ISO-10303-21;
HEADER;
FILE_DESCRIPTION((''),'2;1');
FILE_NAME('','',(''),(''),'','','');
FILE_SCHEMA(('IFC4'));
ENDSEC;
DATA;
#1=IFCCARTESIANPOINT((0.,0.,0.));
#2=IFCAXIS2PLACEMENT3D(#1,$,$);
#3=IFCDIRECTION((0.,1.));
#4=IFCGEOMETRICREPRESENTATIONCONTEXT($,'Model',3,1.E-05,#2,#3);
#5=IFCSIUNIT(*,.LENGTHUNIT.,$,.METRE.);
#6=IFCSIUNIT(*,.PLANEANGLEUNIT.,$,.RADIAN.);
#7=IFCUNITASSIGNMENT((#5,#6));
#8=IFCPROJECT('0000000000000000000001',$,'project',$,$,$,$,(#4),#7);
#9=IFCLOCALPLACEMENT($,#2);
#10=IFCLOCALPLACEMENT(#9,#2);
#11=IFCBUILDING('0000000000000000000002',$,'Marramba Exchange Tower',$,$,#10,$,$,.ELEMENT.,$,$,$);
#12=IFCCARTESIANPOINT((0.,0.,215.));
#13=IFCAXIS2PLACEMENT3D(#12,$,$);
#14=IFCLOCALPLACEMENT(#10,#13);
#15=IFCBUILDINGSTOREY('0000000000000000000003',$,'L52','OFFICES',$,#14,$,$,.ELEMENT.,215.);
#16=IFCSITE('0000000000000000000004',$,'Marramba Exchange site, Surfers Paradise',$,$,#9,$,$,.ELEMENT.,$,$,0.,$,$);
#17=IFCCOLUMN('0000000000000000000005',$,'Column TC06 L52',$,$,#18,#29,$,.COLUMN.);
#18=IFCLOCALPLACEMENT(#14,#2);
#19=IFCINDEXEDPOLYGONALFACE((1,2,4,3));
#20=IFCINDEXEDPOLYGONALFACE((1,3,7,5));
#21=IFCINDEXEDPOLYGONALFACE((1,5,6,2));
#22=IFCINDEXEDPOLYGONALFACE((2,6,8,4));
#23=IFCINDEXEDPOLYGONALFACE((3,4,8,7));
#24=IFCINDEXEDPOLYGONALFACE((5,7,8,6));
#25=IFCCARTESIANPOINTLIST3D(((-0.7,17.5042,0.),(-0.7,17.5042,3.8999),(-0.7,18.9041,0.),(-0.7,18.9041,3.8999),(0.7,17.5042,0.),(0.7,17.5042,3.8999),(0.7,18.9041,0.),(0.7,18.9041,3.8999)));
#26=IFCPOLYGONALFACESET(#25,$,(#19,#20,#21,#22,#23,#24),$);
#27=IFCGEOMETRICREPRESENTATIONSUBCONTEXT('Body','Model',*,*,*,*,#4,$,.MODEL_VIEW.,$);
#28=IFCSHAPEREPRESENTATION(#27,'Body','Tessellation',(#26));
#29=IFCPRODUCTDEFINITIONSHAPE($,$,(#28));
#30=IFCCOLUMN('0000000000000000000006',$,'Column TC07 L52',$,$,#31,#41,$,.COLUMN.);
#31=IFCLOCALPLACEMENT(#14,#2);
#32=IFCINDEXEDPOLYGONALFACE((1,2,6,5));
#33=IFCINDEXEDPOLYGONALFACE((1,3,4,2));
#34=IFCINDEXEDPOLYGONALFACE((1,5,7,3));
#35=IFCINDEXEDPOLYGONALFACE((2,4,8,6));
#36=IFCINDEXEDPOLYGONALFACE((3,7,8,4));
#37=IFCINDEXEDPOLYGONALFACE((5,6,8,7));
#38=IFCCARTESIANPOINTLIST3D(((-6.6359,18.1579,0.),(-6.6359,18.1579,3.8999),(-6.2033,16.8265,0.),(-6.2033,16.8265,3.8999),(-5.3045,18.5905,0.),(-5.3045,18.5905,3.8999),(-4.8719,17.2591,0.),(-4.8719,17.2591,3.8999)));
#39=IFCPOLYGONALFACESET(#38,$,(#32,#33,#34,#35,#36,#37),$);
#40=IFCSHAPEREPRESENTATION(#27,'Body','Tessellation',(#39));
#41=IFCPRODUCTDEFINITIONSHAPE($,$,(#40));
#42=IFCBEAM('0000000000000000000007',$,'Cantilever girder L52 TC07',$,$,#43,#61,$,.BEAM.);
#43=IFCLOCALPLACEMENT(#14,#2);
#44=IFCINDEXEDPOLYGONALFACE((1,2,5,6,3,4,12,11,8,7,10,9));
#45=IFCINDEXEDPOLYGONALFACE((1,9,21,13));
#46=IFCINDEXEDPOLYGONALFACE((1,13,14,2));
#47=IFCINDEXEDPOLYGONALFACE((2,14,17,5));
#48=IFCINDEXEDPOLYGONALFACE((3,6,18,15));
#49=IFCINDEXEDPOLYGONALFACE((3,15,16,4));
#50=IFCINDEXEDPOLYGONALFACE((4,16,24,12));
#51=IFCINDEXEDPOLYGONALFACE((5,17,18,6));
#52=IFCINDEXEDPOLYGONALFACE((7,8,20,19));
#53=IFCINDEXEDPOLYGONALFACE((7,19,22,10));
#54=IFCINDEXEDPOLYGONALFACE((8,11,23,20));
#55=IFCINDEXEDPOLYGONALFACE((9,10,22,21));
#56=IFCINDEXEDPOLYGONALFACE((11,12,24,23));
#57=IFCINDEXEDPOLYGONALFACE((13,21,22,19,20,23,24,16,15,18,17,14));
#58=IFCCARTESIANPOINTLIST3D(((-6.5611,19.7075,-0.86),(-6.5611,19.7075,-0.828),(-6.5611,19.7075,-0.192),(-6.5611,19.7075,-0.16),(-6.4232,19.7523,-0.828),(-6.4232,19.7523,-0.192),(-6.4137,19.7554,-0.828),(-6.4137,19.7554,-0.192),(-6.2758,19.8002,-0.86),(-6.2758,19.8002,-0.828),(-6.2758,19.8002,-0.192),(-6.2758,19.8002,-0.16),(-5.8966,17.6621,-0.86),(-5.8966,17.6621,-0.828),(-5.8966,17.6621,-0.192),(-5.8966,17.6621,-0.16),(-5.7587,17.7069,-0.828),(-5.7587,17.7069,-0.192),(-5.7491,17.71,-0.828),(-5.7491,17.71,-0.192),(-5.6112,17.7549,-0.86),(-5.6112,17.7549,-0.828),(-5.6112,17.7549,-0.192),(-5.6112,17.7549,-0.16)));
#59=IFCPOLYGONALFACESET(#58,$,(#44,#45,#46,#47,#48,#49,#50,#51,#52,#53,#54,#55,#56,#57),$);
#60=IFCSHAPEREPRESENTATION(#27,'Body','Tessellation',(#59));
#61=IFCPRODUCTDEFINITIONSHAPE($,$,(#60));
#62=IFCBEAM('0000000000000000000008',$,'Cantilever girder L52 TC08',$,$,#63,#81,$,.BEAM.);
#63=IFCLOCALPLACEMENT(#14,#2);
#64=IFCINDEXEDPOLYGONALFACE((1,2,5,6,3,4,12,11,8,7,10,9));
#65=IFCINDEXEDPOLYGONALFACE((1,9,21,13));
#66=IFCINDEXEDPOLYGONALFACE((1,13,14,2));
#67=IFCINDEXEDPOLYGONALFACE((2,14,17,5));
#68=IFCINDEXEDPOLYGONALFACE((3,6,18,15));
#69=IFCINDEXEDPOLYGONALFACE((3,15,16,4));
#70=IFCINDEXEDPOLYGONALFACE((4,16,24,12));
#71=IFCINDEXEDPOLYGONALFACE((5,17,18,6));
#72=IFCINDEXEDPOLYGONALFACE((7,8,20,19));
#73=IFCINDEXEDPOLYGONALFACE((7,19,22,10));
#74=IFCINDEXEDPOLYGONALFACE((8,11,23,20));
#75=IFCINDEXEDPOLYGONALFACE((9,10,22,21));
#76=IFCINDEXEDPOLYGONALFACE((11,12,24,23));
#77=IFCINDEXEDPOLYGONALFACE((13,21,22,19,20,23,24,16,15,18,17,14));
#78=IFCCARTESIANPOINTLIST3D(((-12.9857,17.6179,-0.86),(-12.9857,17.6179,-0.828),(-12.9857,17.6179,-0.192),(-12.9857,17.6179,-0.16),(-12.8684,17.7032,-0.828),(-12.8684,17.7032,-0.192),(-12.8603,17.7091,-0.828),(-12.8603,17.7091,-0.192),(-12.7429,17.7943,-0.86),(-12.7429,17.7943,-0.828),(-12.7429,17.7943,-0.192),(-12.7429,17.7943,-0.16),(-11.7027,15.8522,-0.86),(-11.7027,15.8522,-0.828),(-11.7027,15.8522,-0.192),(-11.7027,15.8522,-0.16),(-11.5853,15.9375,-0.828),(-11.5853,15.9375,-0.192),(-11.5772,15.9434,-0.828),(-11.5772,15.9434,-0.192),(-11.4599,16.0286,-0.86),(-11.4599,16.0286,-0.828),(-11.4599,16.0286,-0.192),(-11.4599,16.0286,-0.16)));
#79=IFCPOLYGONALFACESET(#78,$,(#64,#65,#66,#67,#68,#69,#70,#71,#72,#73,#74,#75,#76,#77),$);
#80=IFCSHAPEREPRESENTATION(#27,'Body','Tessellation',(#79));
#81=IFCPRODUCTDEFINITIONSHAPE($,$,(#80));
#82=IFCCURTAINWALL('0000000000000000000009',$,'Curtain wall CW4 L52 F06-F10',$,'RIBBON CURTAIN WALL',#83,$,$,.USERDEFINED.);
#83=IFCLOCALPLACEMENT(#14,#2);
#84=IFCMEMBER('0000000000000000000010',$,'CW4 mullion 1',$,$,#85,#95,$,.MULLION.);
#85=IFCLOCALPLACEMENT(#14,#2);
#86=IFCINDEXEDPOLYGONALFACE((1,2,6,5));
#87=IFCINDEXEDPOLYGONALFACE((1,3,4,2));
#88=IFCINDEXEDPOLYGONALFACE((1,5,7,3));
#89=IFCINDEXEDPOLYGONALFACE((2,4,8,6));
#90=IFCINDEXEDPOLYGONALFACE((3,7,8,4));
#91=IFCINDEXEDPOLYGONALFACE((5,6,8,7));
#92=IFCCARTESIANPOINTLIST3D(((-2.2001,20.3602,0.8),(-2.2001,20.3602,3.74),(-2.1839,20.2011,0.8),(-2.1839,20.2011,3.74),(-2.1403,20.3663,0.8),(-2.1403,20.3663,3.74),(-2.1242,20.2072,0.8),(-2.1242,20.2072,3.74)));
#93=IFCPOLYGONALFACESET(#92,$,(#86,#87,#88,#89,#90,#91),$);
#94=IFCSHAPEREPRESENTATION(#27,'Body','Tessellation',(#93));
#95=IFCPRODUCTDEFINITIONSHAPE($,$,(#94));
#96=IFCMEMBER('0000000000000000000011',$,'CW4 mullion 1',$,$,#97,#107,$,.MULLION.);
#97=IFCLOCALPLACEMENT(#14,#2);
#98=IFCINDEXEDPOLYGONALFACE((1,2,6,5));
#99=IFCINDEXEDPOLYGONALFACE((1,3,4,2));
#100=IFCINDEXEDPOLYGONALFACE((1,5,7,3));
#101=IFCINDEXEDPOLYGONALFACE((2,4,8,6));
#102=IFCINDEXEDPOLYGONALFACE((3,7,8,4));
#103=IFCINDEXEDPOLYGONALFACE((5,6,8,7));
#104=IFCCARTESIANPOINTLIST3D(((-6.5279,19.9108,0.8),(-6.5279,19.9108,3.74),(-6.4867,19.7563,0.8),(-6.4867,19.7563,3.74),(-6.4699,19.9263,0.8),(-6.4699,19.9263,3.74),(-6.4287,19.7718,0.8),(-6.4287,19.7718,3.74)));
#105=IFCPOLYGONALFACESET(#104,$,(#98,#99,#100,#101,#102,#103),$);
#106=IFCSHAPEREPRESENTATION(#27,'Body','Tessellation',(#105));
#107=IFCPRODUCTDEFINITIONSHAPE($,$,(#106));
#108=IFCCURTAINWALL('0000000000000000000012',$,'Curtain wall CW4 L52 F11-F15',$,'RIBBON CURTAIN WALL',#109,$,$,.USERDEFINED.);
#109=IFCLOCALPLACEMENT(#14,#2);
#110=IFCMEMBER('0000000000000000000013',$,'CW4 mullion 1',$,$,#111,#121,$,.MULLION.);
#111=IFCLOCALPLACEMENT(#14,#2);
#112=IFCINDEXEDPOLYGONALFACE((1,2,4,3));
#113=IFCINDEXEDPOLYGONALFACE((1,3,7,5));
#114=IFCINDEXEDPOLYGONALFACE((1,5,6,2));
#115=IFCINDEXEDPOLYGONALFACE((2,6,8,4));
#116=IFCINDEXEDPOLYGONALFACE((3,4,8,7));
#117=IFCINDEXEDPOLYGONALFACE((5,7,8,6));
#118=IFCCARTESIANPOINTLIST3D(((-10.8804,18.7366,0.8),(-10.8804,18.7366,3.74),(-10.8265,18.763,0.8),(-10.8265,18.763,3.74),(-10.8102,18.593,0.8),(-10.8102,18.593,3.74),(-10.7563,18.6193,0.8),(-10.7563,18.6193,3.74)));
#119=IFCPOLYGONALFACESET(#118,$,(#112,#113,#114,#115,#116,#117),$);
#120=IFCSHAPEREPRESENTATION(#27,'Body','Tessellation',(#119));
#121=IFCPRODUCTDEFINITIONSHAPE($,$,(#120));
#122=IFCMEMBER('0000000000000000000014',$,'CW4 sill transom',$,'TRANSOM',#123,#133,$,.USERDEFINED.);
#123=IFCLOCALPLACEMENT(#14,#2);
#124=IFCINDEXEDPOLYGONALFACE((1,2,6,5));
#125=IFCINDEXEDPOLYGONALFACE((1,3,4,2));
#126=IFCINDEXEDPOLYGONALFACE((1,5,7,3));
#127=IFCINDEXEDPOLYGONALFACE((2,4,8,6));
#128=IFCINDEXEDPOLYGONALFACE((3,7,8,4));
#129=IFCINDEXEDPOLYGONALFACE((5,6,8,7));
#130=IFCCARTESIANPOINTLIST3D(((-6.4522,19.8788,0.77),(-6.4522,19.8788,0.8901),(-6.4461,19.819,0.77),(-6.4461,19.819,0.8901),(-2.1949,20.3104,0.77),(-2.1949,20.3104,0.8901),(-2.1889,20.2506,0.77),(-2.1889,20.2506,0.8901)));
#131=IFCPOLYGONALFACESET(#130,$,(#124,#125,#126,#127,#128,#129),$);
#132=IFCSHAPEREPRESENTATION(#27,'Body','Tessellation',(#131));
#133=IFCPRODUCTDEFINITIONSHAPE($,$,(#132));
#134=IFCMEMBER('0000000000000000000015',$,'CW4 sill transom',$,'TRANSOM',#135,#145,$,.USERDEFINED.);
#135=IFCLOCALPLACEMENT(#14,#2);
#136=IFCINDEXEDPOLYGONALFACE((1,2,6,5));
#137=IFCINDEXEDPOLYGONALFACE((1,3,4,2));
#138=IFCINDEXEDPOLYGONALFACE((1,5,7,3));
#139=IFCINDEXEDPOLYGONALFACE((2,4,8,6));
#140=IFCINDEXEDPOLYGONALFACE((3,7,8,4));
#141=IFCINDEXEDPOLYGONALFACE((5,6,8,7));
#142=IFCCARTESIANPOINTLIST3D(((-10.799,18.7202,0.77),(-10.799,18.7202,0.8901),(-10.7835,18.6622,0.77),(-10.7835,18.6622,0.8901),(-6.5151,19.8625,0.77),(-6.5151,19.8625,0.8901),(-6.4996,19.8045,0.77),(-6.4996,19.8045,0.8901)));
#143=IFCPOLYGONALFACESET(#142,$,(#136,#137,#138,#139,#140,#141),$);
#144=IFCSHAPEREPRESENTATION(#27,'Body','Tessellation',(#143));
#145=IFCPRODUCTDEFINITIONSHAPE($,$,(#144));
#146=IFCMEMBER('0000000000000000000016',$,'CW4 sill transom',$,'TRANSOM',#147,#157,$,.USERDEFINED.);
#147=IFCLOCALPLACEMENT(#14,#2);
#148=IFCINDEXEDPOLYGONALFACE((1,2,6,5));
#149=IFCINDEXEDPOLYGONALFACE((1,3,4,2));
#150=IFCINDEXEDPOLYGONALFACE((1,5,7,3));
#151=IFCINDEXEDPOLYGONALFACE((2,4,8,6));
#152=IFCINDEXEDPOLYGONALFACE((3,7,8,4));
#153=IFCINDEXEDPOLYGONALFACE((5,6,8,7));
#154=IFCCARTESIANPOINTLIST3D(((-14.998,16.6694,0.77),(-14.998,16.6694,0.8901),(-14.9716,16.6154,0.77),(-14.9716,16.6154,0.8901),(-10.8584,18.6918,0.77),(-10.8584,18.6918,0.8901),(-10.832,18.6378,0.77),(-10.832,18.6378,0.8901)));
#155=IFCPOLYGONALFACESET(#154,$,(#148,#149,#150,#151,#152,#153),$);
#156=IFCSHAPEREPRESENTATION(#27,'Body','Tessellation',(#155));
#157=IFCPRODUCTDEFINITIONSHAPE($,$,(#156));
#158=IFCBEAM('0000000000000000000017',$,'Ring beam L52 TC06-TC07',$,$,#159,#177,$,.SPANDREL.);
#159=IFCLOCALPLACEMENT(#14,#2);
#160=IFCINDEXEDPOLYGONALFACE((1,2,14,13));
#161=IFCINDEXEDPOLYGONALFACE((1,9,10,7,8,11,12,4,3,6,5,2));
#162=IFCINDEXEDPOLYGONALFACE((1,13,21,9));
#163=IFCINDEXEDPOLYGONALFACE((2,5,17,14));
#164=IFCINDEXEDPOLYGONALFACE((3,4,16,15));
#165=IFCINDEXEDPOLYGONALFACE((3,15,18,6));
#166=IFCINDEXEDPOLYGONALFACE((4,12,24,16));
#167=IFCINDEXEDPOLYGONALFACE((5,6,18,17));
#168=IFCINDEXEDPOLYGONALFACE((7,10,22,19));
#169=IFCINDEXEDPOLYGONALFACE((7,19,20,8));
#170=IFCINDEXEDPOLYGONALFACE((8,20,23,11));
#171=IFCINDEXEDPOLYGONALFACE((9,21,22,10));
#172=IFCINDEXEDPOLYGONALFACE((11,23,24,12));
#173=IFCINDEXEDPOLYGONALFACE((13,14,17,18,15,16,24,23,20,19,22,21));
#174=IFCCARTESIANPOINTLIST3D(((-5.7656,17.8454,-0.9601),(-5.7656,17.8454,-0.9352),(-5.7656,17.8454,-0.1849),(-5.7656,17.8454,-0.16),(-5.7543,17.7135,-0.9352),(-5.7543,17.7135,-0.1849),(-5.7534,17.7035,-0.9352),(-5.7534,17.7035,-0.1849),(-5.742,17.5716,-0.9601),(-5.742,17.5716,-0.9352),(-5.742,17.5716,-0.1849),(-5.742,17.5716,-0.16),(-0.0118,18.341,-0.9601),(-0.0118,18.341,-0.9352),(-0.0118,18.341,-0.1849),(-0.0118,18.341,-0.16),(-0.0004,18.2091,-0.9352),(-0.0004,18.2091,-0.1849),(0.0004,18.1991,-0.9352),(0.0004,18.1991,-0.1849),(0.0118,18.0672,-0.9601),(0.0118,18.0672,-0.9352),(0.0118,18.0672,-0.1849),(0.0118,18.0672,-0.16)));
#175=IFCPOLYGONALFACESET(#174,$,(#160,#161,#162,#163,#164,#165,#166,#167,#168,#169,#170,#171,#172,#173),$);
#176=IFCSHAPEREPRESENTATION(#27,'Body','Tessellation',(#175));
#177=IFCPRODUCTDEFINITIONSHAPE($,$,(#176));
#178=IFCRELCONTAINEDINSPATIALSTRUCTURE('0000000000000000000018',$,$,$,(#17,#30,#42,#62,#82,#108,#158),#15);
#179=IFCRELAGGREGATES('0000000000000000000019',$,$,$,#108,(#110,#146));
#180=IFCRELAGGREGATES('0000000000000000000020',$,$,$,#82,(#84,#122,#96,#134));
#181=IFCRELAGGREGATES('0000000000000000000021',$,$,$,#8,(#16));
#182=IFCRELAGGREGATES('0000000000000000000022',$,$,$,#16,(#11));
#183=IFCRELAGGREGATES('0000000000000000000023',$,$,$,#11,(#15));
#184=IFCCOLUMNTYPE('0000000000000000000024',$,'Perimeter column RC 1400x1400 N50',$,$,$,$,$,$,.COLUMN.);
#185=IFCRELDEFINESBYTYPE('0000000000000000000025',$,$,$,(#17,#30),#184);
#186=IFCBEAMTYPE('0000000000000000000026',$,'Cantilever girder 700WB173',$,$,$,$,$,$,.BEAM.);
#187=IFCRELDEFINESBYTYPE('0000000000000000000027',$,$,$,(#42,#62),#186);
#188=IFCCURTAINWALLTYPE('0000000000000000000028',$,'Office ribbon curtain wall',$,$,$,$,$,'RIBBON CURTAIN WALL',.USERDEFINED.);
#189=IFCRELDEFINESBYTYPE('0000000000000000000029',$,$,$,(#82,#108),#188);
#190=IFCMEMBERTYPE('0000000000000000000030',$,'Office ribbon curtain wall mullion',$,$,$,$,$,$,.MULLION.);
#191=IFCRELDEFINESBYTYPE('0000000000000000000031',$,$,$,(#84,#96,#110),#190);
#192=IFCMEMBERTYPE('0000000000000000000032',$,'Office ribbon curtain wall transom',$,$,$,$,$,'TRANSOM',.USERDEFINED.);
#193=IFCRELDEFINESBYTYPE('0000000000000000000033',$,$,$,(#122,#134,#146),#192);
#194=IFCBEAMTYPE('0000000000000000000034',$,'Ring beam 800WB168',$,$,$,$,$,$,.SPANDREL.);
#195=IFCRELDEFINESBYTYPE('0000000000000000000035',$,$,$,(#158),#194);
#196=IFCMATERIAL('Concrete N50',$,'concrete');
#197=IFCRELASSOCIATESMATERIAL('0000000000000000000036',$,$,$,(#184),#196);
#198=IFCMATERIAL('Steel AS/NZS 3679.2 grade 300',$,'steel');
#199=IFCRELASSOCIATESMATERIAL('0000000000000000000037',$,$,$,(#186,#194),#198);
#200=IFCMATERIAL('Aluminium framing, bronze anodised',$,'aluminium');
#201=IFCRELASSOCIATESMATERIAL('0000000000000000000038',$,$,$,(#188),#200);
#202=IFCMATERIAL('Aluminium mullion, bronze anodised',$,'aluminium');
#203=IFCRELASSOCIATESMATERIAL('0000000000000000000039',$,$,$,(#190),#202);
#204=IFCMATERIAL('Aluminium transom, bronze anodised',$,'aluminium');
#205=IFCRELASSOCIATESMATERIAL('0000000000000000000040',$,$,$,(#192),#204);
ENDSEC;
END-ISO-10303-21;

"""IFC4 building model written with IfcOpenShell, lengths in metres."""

from ifc_helpers import new_model, si_unit, direction, frame, origin, origin_2d, place, context, subcontext, project, spatial, rectangle, i_section, extrude, material, material_profile, profile_set, type_object, element, aggregate, save


model = new_model("IFC4")

# Units and contexts
model_context = context("Model", 3, precision=1e-05, world=origin(), true_north=direction((0.0, 1.0)))
body_context = subcontext(model_context, "Body", "Model", "MODEL_VIEW")
ifc_project = project(units=[si_unit("LENGTHUNIT", "METRE"), si_unit("PLANEANGLEUNIT", "RADIAN")], contexts=[model_context])

# Site, building, storey
site_placement = place(None, origin())
site = spatial("IfcSite", under=ifc_project, at=site_placement, Name="Marramba Exchange site, Surfers Paradise", CompositionType="ELEMENT", RefElevation=0.0)
building_placement = place(site_placement, origin())
building = spatial("IfcBuilding", under=site, at=building_placement, Name="Marramba Exchange Tower", CompositionType="ELEMENT")
storey_placement = place(building_placement, frame((0.0, 0.0, 215.0)))
storey = spatial("IfcBuildingStorey", under=building, at=storey_placement, Name="L52", Description="OFFICES", CompositionType="ELEMENT", Elevation=215.0)

# Columns
ifc_material_1 = material(Name="Concrete N50", Category="concrete")
ifc_material_profile_1 = material_profile(ifc_material_1, rectangle(XDim=1.3999, YDim=1.3999, at=origin_2d()), Name="RC 1400x1400")
ifc_profile_set_1 = profile_set([ifc_material_profile_1], Name="Concrete N50")
column_type = type_object("IfcColumnType", Name="Perimeter column RC 1400x1400 N50", PredefinedType="COLUMN", material=ifc_profile_set_1)
for number, where, z_axis, x_axis, name in (
    (1, (0.0, 18.2041, 0.0), (0.0, 0.0, 1.0), (0.0, 1.0, 0.0), "Column TC06 L52"),
    (2, (-5.7539, 17.7085, 0.0), (0.0, 0.0, 1.0), (-0.309017, 0.951057, 0.0), "Column TC07 L52"),
):
    element("IfcColumn", number, at=place(storey_placement, frame(where, z_axis=z_axis, x_axis=x_axis)), inside=storey, type_object=column_type, Name=name, PredefinedType="COLUMN", context=body_context, shape_type="SweptSolid", body=[
        extrude(rectangle(XDim=1.3999, YDim=1.3999, at=origin_2d()), origin(), (0.0, 0.0, 1.0), 3.8999),
    ])

# Beams
ifc_material_2 = material(Name="Steel AS/NZS 3679.2 grade 300", Category="steel")
ifc_material_profile_2 = material_profile(ifc_material_2, i_section(OverallWidth=0.3, OverallDepth=0.7, WebThickness=0.01, FlangeThickness=0.032, at=origin_2d()), Name="700WB173")
ifc_profile_set_2 = profile_set([ifc_material_profile_2], Name="Steel AS/NZS 3679.2 grade 300")
beam_type_1 = type_object("IfcBeamType", Name="Cantilever girder 700WB173", PredefinedType="BEAM", material=ifc_profile_set_2)
beam_1_placement = place(storey_placement, frame((-5.7539, 17.7085, -0.51), z_axis=(-0.308999, 0.951062, 0.0), x_axis=(-0.951062, -0.308999, 0.0)))
element("IfcBeam", 3, at=beam_1_placement, inside=storey, type_object=beam_type_1, Name="Cantilever girder L52 TC07", PredefinedType="BEAM", context=body_context, shape_type="SweptSolid", body=[
    extrude(i_section(OverallWidth=0.3, OverallDepth=0.7, WebThickness=0.01, FlangeThickness=0.032, at=origin_2d()), origin(), (0.0, 0.0, 1.0), 2.1506),
])
beam_2_placement = place(storey_placement, frame((-11.5813, 15.9404, -0.51), z_axis=(-0.587832, 0.808983, 0.0), x_axis=(-0.808983, -0.587832, 0.0)))
element("IfcBeam", 4, at=beam_2_placement, inside=storey, type_object=beam_type_1, Name="Cantilever girder L52 TC08", PredefinedType="BEAM", context=body_context, shape_type="SweptSolid", body=[
    extrude(i_section(OverallWidth=0.3, OverallDepth=0.7, WebThickness=0.01, FlangeThickness=0.032, at=origin_2d()), origin(), (0.0, 0.0, 1.0), 2.1826),
])

# Curtain wall, members
ifc_material_3 = material(Name="Aluminium framing, bronze anodised", Category="aluminium")
curtain_wall_type = type_object("IfcCurtainWallType", Name="Office ribbon curtain wall", ElementType="RIBBON CURTAIN WALL", PredefinedType="USERDEFINED", material=ifc_material_3)
curtain_wall_1_placement = place(storey_placement, origin())
curtain_wall_1 = element("IfcCurtainWall", 5, at=curtain_wall_1_placement, inside=storey, type_object=curtain_wall_type, Name="Curtain wall CW4 L52 F06-F10", ObjectType="RIBBON CURTAIN WALL", PredefinedType="USERDEFINED")
ifc_material_4 = material(Name="Aluminium mullion, bronze anodised", Category="aluminium")
ifc_material_profile_3 = material_profile(ifc_material_4, rectangle(XDim=0.1599, YDim=0.0601, at=origin_2d()), Name="CW4 mullion 60x160")
ifc_profile_set_3 = profile_set([ifc_material_profile_3], Name="Aluminium mullion, bronze anodised")
member_type_1 = type_object("IfcMemberType", Name="Office ribbon curtain wall mullion", PredefinedType="MULLION", material=ifc_profile_set_3)
member_1_placement = place(storey_placement, frame((-2.1621, 20.2837, 0.8), z_axis=(0.0, 0.0, 1.0), x_axis=(0.100863, -0.9949, 0.0)))
member_1 = element("IfcMember", 6, at=member_1_placement, type_object=member_type_1, Name="CW4 mullion 1", PredefinedType="MULLION", context=body_context, shape_type="SweptSolid", body=[
    extrude(rectangle(XDim=0.1599, YDim=0.0601, at=origin_2d()), origin(), (0.0, 0.0, 1.0), 2.9399),
])
member_2_placement = place(storey_placement, frame((-6.4783, 19.8413, 0.8), z_axis=(0.0, 0.0, 1.0), x_axis=(0.257641, -0.966241, 0.0)))
member_2 = element("IfcMember", 7, at=member_2_placement, type_object=member_type_1, Name="CW4 mullion 1", PredefinedType="MULLION", context=body_context, shape_type="SweptSolid", body=[
    extrude(rectangle(XDim=0.1599, YDim=0.0601, at=origin_2d()), origin(), (0.0, 0.0, 1.0), 2.9399),
])

# Curtain wall, member
curtain_wall_2_placement = place(storey_placement, origin())
curtain_wall_2 = element("IfcCurtainWall", 8, at=curtain_wall_2_placement, inside=storey, type_object=curtain_wall_type, Name="Curtain wall CW4 L52 F11-F15", ObjectType="RIBBON CURTAIN WALL", PredefinedType="USERDEFINED")
member_3_placement = place(storey_placement, frame((-10.8184, 18.678, 0.8), z_axis=(0.0, 0.0, 1.0), x_axis=(0.438972, -0.898501, 0.0)))
member_3 = element("IfcMember", 9, at=member_3_placement, type_object=member_type_1, Name="CW4 mullion 1", PredefinedType="MULLION", context=body_context, shape_type="SweptSolid", body=[
    extrude(rectangle(XDim=0.1599, YDim=0.0601, at=origin_2d()), origin(), (0.0, 0.0, 1.0), 2.9399),
])

# Members
ifc_material_5 = material(Name="Aluminium transom, bronze anodised", Category="aluminium")
ifc_material_profile_4 = material_profile(ifc_material_5, rectangle(XDim=0.0601, YDim=0.1201, at=origin_2d()), Name="CW4 transom 60x120")
ifc_profile_set_4 = profile_set([ifc_material_profile_4], Name="Aluminium transom, bronze anodised")
member_type_2 = type_object("IfcMemberType", Name="Office ribbon curtain wall transom", ElementType="TRANSOM", PredefinedType="USERDEFINED", material=ifc_profile_set_4)
member_4_placement = place(storey_placement, frame((-2.1919, 20.2805, 0.8301), z_axis=(-0.9949, -0.100871, 0.0), x_axis=(0.100871, -0.9949, 0.0)))
member_4 = element("IfcMember", 10, at=member_4_placement, type_object=member_type_2, Name="CW4 sill transom", ObjectType="TRANSOM", PredefinedType="USERDEFINED", context=body_context, shape_type="SweptSolid", body=[
    extrude(rectangle(XDim=0.0601, YDim=0.1201, at=origin_2d()), origin(), (0.0, 0.0, 1.0), 4.2791),
])
member_5_placement = place(storey_placement, frame((-6.5073, 19.8335, 0.8301), z_axis=(-0.966238, -0.257652, 0.0), x_axis=(0.257652, -0.966238, 0.0)))
member_5 = element("IfcMember", 11, at=member_5_placement, type_object=member_type_2, Name="CW4 sill transom", ObjectType="TRANSOM", PredefinedType="USERDEFINED", context=body_context, shape_type="SweptSolid", body=[
    extrude(rectangle(XDim=0.0601, YDim=0.1201, at=origin_2d()), origin(), (0.0, 0.0, 1.0), 4.4336),
])
member_6_placement = place(storey_placement, frame((-10.8452, 18.6648, 0.8301), z_axis=(-0.898501, -0.438971, 0.0), x_axis=(0.438971, -0.898501, 0.0)))
member_6 = element("IfcMember", 12, at=member_6_placement, type_object=member_type_2, Name="CW4 sill transom", ObjectType="TRANSOM", PredefinedType="USERDEFINED", context=body_context, shape_type="SweptSolid", body=[
    extrude(rectangle(XDim=0.0601, YDim=0.1201, at=origin_2d()), origin(), (0.0, 0.0, 1.0), 4.6072),
])
aggregate(curtain_wall_2, [member_3, member_6])

# Beam
ifc_material_profile_5 = material_profile(ifc_material_2, i_section(OverallWidth=0.2749, OverallDepth=0.8, WebThickness=0.01, FlangeThickness=0.0249, at=origin_2d()), Name="800WB168")
ifc_profile_set_5 = profile_set([ifc_material_profile_5], Name="Steel AS/NZS 3679.2 grade 300")
beam_type_2 = type_object("IfcBeamType", Name="Ring beam 800WB168", PredefinedType="SPANDREL", material=ifc_profile_set_5)
beam_3_placement = place(storey_placement, frame((0.0, 18.2041, -0.5601), z_axis=(-0.996311, -0.085816, 0.0), x_axis=(0.085816, -0.996311, 0.0)))
element("IfcBeam", 13, at=beam_3_placement, inside=storey, type_object=beam_type_2, Name="Ring beam L52 TC06-TC07", PredefinedType="SPANDREL", context=body_context, shape_type="SweptSolid", body=[
    extrude(i_section(OverallWidth=0.2749, OverallDepth=0.8, WebThickness=0.01, FlangeThickness=0.0249, at=origin_2d()), origin(), (0.0, 0.0, 1.0), 5.7751),
])

aggregate(curtain_wall_1, [member_1, member_4, member_2, member_5])

save(model, "model.ifc")
